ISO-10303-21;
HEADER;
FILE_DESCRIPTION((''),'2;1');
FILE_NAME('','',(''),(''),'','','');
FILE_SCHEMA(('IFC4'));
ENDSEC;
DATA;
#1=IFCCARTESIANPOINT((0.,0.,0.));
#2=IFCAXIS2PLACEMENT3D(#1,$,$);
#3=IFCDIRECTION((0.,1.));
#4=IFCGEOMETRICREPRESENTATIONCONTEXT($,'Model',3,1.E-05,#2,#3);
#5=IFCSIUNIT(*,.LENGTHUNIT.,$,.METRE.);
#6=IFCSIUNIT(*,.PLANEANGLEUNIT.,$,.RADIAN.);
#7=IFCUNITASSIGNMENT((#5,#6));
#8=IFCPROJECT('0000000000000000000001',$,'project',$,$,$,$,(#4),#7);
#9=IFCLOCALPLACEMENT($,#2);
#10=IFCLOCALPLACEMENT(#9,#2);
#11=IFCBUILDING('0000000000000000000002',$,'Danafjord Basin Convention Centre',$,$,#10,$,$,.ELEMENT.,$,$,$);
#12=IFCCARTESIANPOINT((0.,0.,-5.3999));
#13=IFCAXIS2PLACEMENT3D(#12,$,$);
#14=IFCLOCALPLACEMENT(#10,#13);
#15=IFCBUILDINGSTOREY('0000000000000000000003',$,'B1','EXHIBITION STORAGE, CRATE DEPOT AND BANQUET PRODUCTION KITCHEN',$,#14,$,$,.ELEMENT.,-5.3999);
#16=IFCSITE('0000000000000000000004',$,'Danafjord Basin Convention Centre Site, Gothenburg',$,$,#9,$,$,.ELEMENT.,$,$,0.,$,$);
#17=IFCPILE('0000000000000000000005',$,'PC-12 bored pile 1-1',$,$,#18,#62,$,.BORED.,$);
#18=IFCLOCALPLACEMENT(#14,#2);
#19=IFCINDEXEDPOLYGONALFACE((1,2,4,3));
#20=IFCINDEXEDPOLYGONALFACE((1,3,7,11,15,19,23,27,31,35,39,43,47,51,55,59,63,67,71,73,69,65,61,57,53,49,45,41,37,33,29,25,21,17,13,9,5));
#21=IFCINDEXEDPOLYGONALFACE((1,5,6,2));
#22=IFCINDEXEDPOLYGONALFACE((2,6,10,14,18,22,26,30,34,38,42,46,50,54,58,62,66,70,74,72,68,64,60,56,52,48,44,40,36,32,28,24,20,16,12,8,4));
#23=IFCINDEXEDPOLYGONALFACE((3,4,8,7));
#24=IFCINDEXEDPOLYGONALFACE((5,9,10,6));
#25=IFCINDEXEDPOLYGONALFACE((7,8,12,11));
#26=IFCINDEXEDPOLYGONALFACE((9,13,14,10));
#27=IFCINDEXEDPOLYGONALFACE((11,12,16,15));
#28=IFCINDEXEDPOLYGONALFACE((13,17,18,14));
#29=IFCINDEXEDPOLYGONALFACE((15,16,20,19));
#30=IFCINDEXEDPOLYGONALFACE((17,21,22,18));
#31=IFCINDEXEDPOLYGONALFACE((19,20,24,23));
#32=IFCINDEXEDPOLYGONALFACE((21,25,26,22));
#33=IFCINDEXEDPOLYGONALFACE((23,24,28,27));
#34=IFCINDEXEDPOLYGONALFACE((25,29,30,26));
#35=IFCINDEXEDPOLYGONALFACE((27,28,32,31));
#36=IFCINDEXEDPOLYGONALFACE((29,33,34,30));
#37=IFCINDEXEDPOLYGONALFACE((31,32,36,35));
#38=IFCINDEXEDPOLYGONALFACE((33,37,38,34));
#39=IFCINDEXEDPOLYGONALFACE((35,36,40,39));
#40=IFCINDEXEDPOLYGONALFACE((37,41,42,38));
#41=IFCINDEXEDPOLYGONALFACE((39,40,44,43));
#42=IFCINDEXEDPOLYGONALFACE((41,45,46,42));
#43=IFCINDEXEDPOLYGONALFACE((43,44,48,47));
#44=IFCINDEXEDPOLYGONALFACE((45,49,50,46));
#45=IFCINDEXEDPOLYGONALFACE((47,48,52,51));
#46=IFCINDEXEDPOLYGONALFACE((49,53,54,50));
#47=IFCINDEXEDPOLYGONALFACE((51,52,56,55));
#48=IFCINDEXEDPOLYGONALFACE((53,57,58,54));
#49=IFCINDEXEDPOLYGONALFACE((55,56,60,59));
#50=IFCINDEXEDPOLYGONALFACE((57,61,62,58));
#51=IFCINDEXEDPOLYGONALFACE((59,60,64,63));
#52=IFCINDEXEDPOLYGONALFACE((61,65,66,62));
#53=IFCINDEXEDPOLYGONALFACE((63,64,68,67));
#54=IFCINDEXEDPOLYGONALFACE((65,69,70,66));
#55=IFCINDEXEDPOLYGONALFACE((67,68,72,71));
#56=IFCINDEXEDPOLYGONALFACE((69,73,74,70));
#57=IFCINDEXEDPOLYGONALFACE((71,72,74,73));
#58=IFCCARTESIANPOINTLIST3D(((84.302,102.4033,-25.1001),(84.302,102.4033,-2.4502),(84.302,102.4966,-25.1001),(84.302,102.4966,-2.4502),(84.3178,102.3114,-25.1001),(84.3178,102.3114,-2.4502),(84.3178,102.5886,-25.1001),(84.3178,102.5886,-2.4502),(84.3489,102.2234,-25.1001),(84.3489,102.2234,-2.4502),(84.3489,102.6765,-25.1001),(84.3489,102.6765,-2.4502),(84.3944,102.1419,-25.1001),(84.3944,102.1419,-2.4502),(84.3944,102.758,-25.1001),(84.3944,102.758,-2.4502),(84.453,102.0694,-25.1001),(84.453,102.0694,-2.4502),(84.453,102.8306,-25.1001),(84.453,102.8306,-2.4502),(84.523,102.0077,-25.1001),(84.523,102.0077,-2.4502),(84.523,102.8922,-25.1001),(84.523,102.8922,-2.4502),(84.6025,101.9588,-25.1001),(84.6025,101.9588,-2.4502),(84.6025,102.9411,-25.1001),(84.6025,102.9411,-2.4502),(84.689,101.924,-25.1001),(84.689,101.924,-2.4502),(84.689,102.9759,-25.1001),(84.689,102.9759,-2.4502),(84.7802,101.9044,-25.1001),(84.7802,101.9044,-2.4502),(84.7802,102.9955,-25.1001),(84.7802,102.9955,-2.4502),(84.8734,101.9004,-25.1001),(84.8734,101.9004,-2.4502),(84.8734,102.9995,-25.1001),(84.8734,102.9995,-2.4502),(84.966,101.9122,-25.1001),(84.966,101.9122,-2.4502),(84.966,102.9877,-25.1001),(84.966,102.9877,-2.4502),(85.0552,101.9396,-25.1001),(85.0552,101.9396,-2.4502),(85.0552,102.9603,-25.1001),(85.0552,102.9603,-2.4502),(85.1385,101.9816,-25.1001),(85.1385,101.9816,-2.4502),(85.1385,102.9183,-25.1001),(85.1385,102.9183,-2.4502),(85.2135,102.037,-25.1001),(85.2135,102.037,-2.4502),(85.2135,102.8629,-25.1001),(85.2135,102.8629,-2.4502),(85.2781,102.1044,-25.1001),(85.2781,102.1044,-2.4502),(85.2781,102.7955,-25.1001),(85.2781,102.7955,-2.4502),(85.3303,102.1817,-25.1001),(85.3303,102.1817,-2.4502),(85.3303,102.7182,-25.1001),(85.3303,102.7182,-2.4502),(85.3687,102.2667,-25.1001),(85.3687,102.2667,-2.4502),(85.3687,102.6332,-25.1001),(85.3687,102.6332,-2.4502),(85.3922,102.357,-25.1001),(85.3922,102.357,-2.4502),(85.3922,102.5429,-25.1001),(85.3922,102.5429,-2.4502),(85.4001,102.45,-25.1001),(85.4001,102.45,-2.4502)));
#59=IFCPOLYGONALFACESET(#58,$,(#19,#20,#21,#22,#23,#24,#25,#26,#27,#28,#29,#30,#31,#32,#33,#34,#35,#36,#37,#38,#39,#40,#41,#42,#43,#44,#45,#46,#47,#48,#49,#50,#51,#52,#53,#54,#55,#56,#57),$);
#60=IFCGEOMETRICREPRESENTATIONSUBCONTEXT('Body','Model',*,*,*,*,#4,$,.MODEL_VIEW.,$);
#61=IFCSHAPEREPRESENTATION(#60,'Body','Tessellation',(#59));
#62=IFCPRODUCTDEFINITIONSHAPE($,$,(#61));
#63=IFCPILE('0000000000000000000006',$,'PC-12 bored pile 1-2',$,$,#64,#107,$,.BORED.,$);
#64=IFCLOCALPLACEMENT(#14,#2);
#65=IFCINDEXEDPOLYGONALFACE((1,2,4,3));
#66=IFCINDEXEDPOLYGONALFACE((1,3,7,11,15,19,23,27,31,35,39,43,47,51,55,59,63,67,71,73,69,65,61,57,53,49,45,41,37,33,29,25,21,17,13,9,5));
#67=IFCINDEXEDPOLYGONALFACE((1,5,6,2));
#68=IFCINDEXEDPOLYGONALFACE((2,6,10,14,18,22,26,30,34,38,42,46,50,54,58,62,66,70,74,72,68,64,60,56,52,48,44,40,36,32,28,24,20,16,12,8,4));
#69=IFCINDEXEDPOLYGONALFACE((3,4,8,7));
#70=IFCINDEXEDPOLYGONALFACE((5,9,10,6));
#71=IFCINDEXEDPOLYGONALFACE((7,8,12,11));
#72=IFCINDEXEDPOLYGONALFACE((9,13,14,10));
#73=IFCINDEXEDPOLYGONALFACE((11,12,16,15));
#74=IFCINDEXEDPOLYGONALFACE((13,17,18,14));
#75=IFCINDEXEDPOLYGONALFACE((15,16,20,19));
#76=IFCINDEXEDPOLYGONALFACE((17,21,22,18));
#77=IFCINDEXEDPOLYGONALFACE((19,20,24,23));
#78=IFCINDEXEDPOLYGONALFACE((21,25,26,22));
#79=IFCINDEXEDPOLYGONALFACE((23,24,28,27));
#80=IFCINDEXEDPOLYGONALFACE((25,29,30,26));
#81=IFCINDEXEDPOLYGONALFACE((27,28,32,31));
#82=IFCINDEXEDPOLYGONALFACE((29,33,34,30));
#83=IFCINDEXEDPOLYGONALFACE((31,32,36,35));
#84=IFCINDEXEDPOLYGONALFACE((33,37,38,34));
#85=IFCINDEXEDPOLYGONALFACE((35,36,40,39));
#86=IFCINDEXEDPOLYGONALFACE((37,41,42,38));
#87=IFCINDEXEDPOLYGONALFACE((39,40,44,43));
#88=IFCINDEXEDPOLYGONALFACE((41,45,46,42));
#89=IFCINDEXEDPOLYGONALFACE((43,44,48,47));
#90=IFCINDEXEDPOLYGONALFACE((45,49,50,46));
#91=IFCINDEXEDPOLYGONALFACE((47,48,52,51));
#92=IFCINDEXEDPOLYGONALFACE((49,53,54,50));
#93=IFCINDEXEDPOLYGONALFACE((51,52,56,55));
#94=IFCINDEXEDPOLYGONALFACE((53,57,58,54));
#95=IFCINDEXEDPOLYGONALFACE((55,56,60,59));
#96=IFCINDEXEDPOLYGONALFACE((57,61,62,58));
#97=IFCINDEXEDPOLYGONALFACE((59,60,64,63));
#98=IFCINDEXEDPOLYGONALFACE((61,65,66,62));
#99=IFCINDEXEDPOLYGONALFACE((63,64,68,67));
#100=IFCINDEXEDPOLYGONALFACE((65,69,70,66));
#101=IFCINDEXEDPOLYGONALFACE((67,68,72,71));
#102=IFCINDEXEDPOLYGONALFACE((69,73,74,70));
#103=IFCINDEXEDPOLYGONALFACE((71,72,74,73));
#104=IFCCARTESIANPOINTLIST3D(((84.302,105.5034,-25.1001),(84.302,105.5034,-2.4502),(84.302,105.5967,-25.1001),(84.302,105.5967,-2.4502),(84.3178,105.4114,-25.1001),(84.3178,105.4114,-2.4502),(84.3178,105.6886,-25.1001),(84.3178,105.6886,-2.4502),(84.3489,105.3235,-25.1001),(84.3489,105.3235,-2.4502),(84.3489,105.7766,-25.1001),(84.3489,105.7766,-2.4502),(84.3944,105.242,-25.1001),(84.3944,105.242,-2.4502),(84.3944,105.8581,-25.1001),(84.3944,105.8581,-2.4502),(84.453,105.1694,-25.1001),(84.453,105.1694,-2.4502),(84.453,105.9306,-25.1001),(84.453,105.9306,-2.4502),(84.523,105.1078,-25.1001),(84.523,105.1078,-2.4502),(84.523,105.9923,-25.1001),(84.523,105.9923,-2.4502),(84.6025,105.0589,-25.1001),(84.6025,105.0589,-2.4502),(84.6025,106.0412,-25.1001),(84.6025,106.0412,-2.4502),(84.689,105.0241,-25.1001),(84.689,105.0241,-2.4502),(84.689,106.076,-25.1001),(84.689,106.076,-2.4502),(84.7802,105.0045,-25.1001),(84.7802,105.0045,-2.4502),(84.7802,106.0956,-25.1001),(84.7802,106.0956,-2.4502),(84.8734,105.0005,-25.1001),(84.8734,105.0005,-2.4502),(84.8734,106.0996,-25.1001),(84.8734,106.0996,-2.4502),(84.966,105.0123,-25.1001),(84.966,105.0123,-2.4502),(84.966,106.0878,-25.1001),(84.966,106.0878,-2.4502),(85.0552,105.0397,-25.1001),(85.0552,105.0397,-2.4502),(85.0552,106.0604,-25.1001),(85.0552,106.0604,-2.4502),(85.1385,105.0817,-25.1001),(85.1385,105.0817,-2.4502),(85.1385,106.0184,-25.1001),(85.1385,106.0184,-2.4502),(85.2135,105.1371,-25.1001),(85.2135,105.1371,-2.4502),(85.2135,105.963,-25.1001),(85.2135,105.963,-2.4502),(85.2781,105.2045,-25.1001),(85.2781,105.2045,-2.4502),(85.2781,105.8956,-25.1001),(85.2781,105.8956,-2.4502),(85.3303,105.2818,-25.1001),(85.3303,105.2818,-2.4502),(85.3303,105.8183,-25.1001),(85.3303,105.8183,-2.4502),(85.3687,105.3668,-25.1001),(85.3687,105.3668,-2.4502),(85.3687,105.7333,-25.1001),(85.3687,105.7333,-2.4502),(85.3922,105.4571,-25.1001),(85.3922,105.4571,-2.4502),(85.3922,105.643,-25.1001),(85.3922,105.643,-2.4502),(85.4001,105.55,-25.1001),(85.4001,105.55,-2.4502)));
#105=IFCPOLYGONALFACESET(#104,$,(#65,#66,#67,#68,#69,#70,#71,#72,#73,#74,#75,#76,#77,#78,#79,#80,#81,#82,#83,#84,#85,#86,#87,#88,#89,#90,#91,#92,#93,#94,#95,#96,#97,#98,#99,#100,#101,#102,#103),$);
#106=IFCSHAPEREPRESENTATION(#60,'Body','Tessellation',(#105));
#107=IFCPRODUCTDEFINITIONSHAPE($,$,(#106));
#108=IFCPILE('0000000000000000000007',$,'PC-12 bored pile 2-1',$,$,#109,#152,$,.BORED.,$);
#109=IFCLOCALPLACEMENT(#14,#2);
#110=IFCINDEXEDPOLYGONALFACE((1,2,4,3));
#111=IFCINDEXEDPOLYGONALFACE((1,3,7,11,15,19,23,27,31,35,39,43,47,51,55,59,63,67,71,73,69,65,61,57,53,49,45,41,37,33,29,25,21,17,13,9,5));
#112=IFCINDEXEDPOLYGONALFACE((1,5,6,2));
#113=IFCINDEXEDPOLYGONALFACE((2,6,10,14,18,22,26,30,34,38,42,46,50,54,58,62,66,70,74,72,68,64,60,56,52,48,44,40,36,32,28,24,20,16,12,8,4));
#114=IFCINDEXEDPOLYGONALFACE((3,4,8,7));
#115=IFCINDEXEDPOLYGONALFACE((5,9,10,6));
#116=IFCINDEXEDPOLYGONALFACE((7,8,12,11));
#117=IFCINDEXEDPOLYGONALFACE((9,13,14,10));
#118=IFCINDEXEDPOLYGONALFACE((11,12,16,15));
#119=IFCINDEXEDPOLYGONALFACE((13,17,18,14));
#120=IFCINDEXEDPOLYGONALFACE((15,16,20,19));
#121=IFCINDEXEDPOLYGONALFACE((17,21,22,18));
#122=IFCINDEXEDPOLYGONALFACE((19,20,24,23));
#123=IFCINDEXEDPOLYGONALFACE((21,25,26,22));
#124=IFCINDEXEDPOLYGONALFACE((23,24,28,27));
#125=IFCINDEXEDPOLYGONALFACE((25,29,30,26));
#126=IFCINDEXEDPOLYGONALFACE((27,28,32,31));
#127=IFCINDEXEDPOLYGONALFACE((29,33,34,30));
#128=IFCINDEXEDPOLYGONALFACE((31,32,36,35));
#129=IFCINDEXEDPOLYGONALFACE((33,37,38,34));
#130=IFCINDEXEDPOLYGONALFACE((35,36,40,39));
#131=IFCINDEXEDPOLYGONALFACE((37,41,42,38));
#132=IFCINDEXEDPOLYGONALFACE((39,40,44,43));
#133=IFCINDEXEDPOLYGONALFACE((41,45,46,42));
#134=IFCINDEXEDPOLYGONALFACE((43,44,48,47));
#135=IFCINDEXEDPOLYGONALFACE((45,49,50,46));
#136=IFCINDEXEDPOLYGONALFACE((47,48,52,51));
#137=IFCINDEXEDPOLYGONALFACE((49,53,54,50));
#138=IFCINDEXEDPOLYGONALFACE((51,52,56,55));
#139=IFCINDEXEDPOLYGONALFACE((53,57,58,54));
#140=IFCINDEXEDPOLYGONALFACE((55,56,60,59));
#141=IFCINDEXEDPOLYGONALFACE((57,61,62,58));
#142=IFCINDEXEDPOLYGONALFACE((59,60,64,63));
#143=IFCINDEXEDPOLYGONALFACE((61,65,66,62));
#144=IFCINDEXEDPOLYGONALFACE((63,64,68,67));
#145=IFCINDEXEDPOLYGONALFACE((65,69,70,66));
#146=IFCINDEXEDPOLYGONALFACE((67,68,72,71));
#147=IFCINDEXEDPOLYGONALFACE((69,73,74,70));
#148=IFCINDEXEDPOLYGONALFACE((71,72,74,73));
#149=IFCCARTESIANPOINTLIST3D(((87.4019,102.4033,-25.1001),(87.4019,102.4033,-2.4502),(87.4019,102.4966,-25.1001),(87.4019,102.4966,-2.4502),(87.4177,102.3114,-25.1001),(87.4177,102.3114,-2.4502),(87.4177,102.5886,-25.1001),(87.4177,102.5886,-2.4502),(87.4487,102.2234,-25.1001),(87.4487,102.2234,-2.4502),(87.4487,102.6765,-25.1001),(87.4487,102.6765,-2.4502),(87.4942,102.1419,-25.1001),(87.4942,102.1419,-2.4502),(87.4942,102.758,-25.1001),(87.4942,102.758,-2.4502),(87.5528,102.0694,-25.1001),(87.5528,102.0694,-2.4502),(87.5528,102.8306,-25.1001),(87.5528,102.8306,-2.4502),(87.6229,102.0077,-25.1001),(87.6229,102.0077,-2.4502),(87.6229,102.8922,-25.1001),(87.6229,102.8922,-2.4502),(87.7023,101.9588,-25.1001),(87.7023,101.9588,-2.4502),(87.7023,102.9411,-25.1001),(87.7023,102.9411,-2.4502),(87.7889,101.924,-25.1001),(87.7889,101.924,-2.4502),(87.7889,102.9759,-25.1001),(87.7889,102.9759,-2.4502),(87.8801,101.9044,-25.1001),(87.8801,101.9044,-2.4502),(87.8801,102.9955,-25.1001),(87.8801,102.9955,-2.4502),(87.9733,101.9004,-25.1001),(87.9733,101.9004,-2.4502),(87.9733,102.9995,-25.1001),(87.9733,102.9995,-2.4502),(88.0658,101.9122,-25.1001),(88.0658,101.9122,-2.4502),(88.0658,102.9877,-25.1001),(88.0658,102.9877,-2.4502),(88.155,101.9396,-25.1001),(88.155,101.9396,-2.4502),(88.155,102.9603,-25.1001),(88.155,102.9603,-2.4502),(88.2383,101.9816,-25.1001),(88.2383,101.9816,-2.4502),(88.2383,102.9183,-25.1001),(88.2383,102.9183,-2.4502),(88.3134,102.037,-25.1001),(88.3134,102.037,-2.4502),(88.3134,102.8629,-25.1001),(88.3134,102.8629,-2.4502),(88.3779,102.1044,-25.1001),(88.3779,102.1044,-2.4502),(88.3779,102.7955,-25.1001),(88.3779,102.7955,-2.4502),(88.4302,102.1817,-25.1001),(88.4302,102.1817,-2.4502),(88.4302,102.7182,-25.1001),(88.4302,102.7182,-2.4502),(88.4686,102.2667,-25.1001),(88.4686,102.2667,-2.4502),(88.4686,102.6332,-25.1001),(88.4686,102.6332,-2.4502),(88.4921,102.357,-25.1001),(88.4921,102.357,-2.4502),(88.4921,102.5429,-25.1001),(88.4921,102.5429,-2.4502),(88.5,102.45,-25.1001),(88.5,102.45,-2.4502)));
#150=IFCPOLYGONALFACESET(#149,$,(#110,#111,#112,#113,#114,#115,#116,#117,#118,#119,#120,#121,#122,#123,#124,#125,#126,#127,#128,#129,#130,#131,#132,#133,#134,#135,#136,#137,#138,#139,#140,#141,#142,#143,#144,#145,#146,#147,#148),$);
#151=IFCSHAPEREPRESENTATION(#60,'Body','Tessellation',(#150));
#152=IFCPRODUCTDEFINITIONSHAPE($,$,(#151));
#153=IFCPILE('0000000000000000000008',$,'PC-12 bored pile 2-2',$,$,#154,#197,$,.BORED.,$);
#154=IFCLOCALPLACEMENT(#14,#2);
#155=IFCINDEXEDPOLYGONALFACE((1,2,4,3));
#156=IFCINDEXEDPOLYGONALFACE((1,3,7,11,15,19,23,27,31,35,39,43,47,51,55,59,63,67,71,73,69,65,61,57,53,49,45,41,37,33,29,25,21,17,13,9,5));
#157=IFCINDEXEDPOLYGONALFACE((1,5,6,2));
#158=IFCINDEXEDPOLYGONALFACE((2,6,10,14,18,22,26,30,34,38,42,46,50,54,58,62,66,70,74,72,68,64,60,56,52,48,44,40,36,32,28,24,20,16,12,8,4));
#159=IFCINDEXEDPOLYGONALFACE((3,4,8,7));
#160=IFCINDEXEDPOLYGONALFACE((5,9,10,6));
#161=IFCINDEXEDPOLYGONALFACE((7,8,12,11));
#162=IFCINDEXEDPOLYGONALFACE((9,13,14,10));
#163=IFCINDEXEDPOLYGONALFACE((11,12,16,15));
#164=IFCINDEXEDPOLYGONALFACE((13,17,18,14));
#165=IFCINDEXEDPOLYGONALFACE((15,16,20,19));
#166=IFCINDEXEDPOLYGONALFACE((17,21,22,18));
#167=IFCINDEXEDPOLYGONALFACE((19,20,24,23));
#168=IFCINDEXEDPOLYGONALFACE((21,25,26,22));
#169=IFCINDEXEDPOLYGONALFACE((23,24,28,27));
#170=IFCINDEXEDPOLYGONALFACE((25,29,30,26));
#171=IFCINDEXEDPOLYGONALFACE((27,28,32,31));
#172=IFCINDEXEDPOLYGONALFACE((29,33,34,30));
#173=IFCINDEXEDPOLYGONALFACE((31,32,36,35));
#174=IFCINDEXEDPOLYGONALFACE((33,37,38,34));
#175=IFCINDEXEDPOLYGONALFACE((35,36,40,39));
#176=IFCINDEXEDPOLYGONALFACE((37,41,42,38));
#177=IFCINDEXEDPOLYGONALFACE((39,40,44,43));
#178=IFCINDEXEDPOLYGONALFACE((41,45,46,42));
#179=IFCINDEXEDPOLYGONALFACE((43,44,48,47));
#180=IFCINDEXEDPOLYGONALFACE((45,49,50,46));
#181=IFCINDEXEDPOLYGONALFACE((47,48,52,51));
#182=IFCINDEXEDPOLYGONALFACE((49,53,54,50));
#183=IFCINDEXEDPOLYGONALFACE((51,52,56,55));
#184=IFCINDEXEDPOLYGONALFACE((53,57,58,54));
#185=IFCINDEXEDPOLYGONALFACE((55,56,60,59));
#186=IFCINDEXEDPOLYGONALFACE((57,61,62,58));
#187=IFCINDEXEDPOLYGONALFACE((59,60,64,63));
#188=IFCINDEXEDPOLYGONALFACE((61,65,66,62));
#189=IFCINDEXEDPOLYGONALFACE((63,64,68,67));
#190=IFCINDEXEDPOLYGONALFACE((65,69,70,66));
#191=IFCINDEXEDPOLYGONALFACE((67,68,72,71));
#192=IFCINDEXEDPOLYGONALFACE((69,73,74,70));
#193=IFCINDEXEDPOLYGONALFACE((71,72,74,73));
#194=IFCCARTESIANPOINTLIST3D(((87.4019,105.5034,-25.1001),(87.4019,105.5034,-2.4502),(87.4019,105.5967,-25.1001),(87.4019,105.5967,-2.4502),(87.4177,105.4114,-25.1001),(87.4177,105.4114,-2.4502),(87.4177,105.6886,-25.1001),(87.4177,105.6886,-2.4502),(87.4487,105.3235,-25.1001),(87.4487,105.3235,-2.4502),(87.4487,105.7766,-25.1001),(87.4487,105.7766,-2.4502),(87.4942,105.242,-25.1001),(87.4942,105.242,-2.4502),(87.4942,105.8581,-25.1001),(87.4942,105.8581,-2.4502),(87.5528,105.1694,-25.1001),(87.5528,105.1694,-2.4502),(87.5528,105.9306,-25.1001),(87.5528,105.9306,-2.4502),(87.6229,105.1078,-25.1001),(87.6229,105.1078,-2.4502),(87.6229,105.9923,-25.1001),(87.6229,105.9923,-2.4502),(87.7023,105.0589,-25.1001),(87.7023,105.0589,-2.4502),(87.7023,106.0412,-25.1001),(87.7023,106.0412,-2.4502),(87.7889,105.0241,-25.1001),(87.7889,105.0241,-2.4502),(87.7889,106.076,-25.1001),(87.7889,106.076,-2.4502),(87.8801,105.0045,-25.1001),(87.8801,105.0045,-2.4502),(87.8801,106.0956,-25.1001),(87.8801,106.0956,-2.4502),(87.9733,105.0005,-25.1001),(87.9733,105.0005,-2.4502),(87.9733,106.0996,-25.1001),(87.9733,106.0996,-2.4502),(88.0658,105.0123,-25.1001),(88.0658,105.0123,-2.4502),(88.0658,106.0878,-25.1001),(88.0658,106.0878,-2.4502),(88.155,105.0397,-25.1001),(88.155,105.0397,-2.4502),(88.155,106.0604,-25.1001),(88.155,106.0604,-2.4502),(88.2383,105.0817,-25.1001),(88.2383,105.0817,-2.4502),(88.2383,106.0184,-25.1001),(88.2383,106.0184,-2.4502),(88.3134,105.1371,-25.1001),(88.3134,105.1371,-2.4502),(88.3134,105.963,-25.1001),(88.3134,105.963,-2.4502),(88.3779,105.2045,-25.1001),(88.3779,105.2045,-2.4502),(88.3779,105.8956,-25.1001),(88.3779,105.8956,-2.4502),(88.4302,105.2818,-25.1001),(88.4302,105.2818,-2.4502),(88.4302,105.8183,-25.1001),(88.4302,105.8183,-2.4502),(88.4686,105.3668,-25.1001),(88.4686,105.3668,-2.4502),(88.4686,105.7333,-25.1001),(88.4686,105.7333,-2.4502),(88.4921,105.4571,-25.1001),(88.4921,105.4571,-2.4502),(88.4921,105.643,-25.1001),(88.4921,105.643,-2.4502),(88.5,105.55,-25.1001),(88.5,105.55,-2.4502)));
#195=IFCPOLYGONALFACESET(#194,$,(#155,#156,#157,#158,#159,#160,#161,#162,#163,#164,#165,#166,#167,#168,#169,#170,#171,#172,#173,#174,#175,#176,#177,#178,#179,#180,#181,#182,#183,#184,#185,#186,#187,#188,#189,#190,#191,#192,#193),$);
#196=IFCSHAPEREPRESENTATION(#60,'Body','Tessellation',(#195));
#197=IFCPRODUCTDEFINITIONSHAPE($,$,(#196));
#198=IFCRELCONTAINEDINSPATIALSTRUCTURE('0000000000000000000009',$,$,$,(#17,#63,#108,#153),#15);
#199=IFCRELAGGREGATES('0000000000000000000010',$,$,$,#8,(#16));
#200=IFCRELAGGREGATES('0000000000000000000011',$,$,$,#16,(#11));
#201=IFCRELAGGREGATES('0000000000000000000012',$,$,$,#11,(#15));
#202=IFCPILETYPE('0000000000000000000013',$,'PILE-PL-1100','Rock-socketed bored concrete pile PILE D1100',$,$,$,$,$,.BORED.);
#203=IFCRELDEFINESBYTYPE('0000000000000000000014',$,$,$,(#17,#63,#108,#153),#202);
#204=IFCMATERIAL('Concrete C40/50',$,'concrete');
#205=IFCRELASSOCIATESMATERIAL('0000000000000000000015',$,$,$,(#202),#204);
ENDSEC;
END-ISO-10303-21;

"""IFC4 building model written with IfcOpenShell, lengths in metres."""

from ifc_helpers import new_model, si_unit, direction, frame, origin, origin_2d, place, context, subcontext, project, spatial, circle, extrude, material, material_profile, profile_set, type_object, element, save


model = new_model("IFC4")

# Units and contexts
model_context = context("Model", 3, precision=1e-05, world=origin(), true_north=direction((0.0, 1.0)))
body_context = subcontext(model_context, "Body", "Model", "MODEL_VIEW")
ifc_project = project(units=[si_unit("LENGTHUNIT", "METRE"), si_unit("PLANEANGLEUNIT", "RADIAN")], contexts=[model_context])

# Site, building, storey
site_placement = place(None, origin())
site = spatial("IfcSite", under=ifc_project, at=site_placement, Name="Danafjord Basin Convention Centre Site, Gothenburg", CompositionType="ELEMENT", RefElevation=0.0)
building_placement = place(site_placement, origin())
building = spatial("IfcBuilding", under=site, at=building_placement, Name="Danafjord Basin Convention Centre", CompositionType="ELEMENT")
storey_placement = place(building_placement, frame((0.0, 0.0, -5.3999)))
storey = spatial("IfcBuildingStorey", under=building, at=storey_placement, Name="B1", Description="EXHIBITION STORAGE, CRATE DEPOT AND BANQUET PRODUCTION KITCHEN", CompositionType="ELEMENT", Elevation=-5.3999)

# Shared definitions
ifc_material_1 = material(Name="Concrete C40/50", Category="concrete")

# Piles
ifc_material_profile_1 = material_profile(ifc_material_1, circle(Radius=0.55, at=origin_2d()), Name="PILE D1100")
ifc_profile_set_1 = profile_set([ifc_material_profile_1], Name="Concrete C40/50")
pile_type_1 = type_object("IfcPileType", Name="PILE-PL-1100", Description="Rock-socketed bored concrete pile PILE D1100", PredefinedType="BORED", material=ifc_profile_set_1)
for number, where, z_axis, x_axis, name in (
    (1, (84.8501, 102.45, -2.4502), (0.0, 0.0, -1.0), (1.0, 0.0, 0.0), "PC-12 bored pile 1-1"),
    (2, (84.8501, 105.55, -2.4502), (0.0, 0.0, -1.0), (1.0, 0.0, 0.0), "PC-12 bored pile 1-2"),
    (3, (87.95, 102.45, -2.4502), (0.0, 0.0, -1.0), (1.0, 0.0, 0.0), "PC-12 bored pile 2-1"),
    (4, (87.95, 105.55, -2.4502), (0.0, 0.0, -1.0), (1.0, 0.0, 0.0), "PC-12 bored pile 2-2"),
):
    element("IfcPile", number, at=place(storey_placement, frame(where, z_axis=z_axis, x_axis=x_axis)), inside=storey, type_object=pile_type_1, Name=name, PredefinedType="BORED", context=body_context, shape_type="SweptSolid", body=[
        extrude(circle(Radius=0.55, at=origin_2d()), origin(), (0.0, 0.0, 1.0), 22.6499),
    ])

save(model, "model.ifc")
